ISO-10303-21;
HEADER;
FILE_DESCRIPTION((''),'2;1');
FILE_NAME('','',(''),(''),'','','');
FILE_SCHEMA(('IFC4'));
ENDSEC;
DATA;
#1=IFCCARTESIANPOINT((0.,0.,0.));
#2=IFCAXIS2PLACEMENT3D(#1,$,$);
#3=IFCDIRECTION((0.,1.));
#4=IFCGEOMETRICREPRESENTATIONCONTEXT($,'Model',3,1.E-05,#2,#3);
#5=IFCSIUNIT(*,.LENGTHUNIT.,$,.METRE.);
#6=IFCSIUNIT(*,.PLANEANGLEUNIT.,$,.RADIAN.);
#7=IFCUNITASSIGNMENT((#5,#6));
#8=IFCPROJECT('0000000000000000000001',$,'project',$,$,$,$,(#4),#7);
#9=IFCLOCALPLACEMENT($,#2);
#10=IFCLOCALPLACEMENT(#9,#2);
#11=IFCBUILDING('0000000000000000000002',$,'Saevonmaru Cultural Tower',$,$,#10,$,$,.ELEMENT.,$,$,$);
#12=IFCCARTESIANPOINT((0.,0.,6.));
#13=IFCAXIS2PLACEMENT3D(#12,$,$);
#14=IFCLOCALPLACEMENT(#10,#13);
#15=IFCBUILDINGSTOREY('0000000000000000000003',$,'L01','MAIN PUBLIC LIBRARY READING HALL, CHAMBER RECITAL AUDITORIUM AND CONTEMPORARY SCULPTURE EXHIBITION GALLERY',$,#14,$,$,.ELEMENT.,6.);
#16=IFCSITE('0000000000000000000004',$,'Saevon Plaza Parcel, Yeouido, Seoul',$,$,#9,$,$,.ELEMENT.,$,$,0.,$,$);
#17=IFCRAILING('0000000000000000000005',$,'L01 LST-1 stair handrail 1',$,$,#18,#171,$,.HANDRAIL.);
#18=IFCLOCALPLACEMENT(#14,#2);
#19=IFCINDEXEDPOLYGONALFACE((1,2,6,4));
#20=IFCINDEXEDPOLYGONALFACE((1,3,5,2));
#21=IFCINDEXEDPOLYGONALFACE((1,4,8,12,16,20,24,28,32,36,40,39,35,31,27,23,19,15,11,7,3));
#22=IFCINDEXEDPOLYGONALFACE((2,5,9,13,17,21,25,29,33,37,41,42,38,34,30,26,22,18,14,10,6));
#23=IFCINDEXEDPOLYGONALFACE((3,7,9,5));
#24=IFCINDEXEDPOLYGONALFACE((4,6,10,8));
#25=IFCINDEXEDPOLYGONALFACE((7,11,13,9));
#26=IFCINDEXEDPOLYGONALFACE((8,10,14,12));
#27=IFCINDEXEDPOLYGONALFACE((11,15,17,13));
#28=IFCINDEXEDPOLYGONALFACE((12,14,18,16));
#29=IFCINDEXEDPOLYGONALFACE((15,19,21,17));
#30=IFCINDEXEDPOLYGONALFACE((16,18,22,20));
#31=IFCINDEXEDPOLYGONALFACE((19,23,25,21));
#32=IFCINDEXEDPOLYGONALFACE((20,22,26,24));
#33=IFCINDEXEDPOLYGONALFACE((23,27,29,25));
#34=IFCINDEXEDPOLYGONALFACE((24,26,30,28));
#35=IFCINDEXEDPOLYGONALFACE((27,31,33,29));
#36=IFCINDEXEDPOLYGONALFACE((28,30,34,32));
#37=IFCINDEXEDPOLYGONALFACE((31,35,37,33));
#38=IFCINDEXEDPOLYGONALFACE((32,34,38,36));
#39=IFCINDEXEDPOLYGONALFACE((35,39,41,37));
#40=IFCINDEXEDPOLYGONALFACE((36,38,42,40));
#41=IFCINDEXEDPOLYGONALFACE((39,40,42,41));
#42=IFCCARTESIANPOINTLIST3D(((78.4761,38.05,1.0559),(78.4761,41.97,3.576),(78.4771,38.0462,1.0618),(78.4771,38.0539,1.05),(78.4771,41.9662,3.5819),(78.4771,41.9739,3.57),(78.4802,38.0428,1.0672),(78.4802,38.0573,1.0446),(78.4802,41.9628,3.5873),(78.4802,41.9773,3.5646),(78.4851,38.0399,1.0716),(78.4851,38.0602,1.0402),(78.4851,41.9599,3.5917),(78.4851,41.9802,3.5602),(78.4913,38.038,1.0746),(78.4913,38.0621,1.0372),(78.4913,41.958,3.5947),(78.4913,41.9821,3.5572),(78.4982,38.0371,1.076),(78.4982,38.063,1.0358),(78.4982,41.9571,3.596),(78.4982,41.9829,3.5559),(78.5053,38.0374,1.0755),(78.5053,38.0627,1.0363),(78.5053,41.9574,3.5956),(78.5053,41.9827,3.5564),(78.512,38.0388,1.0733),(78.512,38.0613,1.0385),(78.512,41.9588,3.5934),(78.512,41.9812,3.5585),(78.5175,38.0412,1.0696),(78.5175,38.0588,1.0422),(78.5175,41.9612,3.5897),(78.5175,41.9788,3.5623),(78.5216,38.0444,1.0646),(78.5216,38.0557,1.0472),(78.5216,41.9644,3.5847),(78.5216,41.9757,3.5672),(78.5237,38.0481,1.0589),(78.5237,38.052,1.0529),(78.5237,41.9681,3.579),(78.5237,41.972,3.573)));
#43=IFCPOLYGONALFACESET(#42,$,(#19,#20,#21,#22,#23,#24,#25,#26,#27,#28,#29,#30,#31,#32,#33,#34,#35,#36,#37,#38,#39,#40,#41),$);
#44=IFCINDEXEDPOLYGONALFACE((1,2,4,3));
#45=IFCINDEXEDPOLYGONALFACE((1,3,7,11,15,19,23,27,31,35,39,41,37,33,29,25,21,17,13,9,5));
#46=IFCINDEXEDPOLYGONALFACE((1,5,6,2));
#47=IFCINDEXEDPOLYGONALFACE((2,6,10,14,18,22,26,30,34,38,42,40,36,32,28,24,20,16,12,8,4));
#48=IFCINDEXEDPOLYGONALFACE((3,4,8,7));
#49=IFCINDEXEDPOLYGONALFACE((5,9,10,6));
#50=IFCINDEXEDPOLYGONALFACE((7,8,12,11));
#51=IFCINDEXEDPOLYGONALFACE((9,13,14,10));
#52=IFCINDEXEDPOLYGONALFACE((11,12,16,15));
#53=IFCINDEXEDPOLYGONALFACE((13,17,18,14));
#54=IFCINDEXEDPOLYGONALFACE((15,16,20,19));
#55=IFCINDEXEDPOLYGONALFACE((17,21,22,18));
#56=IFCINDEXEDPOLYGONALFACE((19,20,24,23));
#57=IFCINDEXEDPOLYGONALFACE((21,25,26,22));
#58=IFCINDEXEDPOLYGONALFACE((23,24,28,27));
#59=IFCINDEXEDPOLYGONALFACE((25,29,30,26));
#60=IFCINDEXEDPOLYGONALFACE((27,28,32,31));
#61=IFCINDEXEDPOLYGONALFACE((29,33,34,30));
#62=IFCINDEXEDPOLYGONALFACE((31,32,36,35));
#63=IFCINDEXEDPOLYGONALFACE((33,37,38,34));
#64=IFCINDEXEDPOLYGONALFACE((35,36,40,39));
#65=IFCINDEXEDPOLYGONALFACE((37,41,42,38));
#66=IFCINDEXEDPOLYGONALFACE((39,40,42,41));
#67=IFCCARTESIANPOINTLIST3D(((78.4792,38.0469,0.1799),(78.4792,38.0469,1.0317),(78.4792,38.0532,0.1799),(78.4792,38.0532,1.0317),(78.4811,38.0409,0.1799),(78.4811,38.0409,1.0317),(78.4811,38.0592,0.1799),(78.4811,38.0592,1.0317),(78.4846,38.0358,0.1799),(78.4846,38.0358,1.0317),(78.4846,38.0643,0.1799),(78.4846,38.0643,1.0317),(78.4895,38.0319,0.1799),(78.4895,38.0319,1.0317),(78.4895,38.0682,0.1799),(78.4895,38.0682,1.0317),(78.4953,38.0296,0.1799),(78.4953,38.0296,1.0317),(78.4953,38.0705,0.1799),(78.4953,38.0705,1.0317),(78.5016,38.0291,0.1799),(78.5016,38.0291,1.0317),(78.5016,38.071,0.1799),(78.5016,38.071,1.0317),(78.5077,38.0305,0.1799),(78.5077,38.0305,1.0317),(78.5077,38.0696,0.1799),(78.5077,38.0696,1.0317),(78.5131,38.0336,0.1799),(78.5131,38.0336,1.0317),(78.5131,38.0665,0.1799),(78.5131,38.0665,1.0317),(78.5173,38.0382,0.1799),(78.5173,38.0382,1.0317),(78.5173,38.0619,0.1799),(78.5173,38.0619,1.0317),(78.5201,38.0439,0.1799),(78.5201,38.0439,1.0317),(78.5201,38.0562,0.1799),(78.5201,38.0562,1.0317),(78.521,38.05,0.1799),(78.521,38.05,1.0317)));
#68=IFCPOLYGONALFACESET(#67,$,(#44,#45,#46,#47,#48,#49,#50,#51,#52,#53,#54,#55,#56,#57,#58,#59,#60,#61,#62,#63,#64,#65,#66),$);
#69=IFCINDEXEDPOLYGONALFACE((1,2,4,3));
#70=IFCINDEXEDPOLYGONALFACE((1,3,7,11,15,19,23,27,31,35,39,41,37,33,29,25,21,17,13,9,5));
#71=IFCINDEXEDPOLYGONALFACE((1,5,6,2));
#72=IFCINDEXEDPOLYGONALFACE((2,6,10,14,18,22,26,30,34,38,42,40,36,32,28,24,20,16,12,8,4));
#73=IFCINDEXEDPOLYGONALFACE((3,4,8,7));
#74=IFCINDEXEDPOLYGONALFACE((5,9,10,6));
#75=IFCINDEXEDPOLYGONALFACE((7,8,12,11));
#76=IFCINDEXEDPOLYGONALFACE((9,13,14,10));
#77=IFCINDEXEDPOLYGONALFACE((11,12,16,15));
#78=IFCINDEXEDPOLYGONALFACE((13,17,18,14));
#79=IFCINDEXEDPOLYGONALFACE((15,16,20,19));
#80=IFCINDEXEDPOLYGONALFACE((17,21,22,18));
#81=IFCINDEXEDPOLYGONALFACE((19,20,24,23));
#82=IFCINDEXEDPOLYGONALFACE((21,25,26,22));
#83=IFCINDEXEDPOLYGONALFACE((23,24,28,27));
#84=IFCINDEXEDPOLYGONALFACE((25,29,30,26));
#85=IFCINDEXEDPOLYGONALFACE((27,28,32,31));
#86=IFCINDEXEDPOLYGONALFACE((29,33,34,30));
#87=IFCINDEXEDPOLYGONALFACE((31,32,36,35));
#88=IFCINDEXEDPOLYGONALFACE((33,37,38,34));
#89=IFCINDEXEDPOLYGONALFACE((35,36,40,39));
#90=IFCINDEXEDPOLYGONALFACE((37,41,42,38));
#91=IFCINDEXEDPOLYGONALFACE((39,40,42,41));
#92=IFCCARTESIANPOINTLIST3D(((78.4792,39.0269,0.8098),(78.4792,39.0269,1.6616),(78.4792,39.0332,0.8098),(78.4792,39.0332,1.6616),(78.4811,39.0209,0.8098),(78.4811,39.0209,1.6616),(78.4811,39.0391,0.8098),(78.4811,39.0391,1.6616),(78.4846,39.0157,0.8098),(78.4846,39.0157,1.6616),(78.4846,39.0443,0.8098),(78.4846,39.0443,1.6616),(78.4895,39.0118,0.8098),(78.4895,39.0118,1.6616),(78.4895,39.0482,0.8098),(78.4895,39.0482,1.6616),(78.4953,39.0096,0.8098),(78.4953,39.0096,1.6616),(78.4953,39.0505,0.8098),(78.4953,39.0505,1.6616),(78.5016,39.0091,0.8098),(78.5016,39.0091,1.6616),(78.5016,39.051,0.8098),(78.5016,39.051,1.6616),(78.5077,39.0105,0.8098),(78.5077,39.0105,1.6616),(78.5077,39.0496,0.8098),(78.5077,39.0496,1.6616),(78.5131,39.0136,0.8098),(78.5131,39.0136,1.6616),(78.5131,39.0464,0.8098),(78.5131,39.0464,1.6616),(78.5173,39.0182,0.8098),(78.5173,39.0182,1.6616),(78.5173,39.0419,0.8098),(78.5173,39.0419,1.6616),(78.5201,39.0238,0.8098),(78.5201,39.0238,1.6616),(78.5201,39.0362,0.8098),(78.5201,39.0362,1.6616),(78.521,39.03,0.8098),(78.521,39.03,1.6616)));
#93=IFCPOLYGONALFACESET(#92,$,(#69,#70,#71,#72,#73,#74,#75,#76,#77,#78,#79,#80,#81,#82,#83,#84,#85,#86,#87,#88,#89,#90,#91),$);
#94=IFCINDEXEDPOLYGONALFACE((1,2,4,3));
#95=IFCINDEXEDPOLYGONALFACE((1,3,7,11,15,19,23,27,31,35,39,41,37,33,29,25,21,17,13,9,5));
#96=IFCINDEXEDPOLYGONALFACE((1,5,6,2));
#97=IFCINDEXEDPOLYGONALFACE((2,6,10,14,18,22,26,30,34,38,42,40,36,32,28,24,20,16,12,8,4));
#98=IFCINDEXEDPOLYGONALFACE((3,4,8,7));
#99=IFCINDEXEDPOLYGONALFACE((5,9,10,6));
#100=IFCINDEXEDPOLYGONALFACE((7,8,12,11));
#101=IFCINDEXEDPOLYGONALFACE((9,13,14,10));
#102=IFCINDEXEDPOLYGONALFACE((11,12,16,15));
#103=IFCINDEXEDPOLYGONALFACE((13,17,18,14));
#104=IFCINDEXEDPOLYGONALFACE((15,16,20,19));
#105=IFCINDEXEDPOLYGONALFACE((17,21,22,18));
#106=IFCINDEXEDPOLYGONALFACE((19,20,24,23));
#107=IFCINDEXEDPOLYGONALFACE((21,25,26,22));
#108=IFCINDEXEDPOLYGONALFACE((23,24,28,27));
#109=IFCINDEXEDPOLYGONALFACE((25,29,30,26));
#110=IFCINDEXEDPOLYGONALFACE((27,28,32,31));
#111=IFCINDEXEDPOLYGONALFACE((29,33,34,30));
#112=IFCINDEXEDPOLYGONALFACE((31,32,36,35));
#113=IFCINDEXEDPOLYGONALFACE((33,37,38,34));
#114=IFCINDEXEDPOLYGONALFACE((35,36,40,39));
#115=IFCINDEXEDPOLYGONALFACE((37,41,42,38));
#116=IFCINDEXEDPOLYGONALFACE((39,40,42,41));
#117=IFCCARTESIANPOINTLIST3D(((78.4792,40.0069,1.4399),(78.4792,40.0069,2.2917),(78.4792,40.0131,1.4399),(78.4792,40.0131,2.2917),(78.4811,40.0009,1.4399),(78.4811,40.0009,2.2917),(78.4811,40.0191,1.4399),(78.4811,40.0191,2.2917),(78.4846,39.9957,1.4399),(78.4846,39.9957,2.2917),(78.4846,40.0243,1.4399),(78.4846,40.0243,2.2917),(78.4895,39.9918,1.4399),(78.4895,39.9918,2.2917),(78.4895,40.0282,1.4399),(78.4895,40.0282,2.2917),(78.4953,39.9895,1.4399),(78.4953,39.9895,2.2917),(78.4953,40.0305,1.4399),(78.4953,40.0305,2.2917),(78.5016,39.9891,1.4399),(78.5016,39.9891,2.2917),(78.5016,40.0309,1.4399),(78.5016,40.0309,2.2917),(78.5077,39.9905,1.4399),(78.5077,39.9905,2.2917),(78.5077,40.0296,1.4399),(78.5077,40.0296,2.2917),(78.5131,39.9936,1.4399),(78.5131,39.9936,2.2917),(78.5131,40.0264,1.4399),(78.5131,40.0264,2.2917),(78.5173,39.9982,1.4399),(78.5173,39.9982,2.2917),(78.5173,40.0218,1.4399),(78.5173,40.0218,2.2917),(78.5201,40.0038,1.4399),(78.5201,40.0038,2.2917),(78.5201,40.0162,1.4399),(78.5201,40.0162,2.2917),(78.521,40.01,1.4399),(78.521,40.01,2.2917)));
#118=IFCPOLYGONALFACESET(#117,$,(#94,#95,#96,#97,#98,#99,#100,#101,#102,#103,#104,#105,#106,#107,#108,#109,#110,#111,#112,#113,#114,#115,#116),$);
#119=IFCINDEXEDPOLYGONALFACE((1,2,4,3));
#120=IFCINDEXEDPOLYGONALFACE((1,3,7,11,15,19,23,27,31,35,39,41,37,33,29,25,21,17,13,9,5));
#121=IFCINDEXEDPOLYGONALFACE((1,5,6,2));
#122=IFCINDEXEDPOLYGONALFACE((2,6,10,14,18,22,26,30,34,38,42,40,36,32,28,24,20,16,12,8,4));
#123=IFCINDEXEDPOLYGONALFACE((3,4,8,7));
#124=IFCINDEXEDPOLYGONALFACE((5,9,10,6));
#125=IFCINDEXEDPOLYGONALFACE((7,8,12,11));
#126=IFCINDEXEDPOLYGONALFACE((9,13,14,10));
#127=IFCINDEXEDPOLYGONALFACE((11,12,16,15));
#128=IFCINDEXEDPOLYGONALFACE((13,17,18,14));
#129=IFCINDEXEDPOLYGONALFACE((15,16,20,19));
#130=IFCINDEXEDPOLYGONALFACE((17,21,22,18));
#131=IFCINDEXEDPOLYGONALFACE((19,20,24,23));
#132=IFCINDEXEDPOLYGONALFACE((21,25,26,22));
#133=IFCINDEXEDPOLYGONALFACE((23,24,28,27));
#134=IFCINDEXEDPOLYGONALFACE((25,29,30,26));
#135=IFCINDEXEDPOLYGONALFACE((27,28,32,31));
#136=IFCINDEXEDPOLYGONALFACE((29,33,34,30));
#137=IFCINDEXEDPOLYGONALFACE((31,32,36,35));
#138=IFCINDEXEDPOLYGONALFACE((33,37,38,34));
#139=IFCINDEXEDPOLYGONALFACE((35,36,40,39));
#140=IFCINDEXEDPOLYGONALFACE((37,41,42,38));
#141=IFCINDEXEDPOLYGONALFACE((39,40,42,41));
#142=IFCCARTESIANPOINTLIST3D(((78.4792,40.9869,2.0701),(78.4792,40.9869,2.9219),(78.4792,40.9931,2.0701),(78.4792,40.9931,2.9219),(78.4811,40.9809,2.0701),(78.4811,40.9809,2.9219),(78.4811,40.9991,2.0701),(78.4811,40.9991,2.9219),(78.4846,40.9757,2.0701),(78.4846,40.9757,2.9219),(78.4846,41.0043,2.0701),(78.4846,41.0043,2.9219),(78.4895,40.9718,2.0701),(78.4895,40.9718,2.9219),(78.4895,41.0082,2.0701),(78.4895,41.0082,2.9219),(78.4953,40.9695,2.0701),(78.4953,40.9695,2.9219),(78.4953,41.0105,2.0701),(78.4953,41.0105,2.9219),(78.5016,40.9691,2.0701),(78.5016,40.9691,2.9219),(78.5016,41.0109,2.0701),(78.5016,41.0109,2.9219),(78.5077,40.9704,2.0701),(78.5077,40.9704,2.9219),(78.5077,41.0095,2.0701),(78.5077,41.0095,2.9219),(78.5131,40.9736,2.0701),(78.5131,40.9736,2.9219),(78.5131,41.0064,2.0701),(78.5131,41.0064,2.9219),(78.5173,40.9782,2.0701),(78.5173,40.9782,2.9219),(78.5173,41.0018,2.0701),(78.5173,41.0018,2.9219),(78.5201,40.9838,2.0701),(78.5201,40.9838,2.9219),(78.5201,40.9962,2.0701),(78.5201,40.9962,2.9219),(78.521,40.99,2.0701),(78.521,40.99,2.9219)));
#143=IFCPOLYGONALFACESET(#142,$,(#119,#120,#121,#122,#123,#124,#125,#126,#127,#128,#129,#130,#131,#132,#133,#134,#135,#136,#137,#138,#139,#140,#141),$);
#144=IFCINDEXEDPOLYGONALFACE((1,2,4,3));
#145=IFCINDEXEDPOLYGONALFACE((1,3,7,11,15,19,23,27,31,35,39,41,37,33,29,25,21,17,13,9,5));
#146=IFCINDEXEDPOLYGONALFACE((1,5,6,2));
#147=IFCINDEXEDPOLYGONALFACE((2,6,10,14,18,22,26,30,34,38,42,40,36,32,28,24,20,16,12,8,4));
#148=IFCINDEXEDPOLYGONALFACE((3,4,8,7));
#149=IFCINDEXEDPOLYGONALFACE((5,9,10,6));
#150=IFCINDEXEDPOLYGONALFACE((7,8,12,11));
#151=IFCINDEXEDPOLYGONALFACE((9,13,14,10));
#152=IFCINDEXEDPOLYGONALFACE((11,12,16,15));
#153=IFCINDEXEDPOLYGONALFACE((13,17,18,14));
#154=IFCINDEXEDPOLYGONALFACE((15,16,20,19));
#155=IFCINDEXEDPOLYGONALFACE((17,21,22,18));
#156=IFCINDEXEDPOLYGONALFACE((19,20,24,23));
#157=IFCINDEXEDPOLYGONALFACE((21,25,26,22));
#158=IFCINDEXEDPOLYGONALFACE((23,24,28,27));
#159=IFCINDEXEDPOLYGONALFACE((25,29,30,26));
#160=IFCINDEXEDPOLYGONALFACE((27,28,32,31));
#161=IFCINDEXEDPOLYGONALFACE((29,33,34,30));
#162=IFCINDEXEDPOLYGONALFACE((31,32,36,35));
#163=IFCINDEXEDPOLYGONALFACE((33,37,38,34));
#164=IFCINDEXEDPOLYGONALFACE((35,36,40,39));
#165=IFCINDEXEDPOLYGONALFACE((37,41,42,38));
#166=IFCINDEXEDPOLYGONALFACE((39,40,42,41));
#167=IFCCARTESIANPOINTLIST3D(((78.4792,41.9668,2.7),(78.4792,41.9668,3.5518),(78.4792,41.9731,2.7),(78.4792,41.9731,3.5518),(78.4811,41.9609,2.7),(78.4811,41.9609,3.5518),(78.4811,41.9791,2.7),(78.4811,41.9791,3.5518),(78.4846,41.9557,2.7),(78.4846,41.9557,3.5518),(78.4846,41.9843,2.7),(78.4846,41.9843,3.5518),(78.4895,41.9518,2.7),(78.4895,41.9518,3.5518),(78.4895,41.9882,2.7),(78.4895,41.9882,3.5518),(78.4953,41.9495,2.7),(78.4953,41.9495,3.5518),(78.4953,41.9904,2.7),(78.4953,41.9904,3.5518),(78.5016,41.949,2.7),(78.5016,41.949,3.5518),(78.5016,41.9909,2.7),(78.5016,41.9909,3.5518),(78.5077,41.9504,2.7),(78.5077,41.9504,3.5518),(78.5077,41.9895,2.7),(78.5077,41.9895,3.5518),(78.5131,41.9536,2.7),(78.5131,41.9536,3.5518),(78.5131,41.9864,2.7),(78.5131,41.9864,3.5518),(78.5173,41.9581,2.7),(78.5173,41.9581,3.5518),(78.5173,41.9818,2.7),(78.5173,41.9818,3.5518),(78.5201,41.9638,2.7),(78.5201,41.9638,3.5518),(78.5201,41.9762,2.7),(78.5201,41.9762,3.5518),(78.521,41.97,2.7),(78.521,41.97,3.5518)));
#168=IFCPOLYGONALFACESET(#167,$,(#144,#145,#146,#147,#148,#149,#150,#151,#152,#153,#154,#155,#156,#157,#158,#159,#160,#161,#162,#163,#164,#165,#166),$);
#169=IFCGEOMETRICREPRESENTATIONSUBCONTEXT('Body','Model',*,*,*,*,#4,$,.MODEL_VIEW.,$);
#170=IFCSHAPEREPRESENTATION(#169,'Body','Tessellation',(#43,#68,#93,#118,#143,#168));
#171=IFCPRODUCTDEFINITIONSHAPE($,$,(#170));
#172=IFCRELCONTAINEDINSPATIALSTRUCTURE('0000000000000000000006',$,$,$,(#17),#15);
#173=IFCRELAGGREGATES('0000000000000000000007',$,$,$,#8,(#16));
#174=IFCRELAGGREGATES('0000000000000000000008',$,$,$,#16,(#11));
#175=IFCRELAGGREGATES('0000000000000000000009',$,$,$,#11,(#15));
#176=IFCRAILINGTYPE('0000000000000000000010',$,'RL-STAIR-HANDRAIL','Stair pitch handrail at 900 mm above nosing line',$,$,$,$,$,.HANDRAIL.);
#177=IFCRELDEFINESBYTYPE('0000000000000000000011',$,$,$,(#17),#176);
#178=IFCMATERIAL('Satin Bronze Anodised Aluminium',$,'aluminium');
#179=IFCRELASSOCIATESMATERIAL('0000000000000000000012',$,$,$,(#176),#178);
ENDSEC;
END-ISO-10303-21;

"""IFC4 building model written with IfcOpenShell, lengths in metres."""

from ifc_helpers import new_model, si_unit, direction, frame, origin, origin_2d, place, context, subcontext, project, spatial, circle, extrude, material, type_object, element, save


model = new_model("IFC4")

# Units and contexts
model_context = context("Model", 3, precision=1e-05, world=origin(), true_north=direction((0.0, 1.0)))
body_context = subcontext(model_context, "Body", "Model", "MODEL_VIEW")
ifc_project = project(units=[si_unit("LENGTHUNIT", "METRE"), si_unit("PLANEANGLEUNIT", "RADIAN")], contexts=[model_context])

# Site, building, storey
site_placement = place(None, origin())
site = spatial("IfcSite", under=ifc_project, at=site_placement, Name="Saevon Plaza Parcel, Yeouido, Seoul", CompositionType="ELEMENT", RefElevation=0.0)
building_placement = place(site_placement, origin())
building = spatial("IfcBuilding", under=site, at=building_placement, Name="Saevonmaru Cultural Tower", CompositionType="ELEMENT")
storey_placement = place(building_placement, frame((0.0, 0.0, 6.0)))
storey = spatial("IfcBuildingStorey", under=building, at=storey_placement, Name="L01", Description="MAIN PUBLIC LIBRARY READING HALL, CHAMBER RECITAL AUDITORIUM AND CONTEMPORARY SCULPTURE EXHIBITION GALLERY", CompositionType="ELEMENT", Elevation=6.0)

# Shared definitions
ifc_material_1 = material(Name="Satin Bronze Anodised Aluminium", Category="aluminium")

# Railing
railing_type_1 = type_object("IfcRailingType", Name="RL-STAIR-HANDRAIL", Description="Stair pitch handrail at 900 mm above nosing line", PredefinedType="HANDRAIL", material=ifc_material_1)
railing_1_placement = place(storey_placement, frame((78.5, 38.05, 0.1799)))
element("IfcRailing", 1, at=railing_1_placement, inside=storey, type_object=railing_type_1, Name="L01 LST-1 stair handrail 1", PredefinedType="HANDRAIL", context=body_context, shape_type="SweptSolid", body=[
    extrude(circle(Radius=0.0239, at=origin_2d()), frame((0.0, 0.0, 0.876), z_axis=(0.0, 0.841172, 0.540768), x_axis=(-1.0, 0.0, 0.0)), (0.0, 0.0, 1.0), 4.6602),
    extrude(circle(Radius=0.021, at=origin_2d()), origin(), (0.0, 0.0, 1.0), 0.8518),
    extrude(circle(Radius=0.021, at=origin_2d()), frame((0.0, 0.98, 0.6299)), (0.0, 0.0, 1.0), 0.8518),
    extrude(circle(Radius=0.021, at=origin_2d()), frame((0.0, 1.96, 1.26)), (0.0, 0.0, 1.0), 0.8518),
    extrude(circle(Radius=0.021, at=origin_2d()), frame((0.0, 2.9399, 1.8901)), (0.0, 0.0, 1.0), 0.8518),
    extrude(circle(Radius=0.021, at=origin_2d()), frame((0.0, 3.9199, 2.52)), (0.0, 0.0, 1.0), 0.8518),
])

save(model, "model.ifc")
